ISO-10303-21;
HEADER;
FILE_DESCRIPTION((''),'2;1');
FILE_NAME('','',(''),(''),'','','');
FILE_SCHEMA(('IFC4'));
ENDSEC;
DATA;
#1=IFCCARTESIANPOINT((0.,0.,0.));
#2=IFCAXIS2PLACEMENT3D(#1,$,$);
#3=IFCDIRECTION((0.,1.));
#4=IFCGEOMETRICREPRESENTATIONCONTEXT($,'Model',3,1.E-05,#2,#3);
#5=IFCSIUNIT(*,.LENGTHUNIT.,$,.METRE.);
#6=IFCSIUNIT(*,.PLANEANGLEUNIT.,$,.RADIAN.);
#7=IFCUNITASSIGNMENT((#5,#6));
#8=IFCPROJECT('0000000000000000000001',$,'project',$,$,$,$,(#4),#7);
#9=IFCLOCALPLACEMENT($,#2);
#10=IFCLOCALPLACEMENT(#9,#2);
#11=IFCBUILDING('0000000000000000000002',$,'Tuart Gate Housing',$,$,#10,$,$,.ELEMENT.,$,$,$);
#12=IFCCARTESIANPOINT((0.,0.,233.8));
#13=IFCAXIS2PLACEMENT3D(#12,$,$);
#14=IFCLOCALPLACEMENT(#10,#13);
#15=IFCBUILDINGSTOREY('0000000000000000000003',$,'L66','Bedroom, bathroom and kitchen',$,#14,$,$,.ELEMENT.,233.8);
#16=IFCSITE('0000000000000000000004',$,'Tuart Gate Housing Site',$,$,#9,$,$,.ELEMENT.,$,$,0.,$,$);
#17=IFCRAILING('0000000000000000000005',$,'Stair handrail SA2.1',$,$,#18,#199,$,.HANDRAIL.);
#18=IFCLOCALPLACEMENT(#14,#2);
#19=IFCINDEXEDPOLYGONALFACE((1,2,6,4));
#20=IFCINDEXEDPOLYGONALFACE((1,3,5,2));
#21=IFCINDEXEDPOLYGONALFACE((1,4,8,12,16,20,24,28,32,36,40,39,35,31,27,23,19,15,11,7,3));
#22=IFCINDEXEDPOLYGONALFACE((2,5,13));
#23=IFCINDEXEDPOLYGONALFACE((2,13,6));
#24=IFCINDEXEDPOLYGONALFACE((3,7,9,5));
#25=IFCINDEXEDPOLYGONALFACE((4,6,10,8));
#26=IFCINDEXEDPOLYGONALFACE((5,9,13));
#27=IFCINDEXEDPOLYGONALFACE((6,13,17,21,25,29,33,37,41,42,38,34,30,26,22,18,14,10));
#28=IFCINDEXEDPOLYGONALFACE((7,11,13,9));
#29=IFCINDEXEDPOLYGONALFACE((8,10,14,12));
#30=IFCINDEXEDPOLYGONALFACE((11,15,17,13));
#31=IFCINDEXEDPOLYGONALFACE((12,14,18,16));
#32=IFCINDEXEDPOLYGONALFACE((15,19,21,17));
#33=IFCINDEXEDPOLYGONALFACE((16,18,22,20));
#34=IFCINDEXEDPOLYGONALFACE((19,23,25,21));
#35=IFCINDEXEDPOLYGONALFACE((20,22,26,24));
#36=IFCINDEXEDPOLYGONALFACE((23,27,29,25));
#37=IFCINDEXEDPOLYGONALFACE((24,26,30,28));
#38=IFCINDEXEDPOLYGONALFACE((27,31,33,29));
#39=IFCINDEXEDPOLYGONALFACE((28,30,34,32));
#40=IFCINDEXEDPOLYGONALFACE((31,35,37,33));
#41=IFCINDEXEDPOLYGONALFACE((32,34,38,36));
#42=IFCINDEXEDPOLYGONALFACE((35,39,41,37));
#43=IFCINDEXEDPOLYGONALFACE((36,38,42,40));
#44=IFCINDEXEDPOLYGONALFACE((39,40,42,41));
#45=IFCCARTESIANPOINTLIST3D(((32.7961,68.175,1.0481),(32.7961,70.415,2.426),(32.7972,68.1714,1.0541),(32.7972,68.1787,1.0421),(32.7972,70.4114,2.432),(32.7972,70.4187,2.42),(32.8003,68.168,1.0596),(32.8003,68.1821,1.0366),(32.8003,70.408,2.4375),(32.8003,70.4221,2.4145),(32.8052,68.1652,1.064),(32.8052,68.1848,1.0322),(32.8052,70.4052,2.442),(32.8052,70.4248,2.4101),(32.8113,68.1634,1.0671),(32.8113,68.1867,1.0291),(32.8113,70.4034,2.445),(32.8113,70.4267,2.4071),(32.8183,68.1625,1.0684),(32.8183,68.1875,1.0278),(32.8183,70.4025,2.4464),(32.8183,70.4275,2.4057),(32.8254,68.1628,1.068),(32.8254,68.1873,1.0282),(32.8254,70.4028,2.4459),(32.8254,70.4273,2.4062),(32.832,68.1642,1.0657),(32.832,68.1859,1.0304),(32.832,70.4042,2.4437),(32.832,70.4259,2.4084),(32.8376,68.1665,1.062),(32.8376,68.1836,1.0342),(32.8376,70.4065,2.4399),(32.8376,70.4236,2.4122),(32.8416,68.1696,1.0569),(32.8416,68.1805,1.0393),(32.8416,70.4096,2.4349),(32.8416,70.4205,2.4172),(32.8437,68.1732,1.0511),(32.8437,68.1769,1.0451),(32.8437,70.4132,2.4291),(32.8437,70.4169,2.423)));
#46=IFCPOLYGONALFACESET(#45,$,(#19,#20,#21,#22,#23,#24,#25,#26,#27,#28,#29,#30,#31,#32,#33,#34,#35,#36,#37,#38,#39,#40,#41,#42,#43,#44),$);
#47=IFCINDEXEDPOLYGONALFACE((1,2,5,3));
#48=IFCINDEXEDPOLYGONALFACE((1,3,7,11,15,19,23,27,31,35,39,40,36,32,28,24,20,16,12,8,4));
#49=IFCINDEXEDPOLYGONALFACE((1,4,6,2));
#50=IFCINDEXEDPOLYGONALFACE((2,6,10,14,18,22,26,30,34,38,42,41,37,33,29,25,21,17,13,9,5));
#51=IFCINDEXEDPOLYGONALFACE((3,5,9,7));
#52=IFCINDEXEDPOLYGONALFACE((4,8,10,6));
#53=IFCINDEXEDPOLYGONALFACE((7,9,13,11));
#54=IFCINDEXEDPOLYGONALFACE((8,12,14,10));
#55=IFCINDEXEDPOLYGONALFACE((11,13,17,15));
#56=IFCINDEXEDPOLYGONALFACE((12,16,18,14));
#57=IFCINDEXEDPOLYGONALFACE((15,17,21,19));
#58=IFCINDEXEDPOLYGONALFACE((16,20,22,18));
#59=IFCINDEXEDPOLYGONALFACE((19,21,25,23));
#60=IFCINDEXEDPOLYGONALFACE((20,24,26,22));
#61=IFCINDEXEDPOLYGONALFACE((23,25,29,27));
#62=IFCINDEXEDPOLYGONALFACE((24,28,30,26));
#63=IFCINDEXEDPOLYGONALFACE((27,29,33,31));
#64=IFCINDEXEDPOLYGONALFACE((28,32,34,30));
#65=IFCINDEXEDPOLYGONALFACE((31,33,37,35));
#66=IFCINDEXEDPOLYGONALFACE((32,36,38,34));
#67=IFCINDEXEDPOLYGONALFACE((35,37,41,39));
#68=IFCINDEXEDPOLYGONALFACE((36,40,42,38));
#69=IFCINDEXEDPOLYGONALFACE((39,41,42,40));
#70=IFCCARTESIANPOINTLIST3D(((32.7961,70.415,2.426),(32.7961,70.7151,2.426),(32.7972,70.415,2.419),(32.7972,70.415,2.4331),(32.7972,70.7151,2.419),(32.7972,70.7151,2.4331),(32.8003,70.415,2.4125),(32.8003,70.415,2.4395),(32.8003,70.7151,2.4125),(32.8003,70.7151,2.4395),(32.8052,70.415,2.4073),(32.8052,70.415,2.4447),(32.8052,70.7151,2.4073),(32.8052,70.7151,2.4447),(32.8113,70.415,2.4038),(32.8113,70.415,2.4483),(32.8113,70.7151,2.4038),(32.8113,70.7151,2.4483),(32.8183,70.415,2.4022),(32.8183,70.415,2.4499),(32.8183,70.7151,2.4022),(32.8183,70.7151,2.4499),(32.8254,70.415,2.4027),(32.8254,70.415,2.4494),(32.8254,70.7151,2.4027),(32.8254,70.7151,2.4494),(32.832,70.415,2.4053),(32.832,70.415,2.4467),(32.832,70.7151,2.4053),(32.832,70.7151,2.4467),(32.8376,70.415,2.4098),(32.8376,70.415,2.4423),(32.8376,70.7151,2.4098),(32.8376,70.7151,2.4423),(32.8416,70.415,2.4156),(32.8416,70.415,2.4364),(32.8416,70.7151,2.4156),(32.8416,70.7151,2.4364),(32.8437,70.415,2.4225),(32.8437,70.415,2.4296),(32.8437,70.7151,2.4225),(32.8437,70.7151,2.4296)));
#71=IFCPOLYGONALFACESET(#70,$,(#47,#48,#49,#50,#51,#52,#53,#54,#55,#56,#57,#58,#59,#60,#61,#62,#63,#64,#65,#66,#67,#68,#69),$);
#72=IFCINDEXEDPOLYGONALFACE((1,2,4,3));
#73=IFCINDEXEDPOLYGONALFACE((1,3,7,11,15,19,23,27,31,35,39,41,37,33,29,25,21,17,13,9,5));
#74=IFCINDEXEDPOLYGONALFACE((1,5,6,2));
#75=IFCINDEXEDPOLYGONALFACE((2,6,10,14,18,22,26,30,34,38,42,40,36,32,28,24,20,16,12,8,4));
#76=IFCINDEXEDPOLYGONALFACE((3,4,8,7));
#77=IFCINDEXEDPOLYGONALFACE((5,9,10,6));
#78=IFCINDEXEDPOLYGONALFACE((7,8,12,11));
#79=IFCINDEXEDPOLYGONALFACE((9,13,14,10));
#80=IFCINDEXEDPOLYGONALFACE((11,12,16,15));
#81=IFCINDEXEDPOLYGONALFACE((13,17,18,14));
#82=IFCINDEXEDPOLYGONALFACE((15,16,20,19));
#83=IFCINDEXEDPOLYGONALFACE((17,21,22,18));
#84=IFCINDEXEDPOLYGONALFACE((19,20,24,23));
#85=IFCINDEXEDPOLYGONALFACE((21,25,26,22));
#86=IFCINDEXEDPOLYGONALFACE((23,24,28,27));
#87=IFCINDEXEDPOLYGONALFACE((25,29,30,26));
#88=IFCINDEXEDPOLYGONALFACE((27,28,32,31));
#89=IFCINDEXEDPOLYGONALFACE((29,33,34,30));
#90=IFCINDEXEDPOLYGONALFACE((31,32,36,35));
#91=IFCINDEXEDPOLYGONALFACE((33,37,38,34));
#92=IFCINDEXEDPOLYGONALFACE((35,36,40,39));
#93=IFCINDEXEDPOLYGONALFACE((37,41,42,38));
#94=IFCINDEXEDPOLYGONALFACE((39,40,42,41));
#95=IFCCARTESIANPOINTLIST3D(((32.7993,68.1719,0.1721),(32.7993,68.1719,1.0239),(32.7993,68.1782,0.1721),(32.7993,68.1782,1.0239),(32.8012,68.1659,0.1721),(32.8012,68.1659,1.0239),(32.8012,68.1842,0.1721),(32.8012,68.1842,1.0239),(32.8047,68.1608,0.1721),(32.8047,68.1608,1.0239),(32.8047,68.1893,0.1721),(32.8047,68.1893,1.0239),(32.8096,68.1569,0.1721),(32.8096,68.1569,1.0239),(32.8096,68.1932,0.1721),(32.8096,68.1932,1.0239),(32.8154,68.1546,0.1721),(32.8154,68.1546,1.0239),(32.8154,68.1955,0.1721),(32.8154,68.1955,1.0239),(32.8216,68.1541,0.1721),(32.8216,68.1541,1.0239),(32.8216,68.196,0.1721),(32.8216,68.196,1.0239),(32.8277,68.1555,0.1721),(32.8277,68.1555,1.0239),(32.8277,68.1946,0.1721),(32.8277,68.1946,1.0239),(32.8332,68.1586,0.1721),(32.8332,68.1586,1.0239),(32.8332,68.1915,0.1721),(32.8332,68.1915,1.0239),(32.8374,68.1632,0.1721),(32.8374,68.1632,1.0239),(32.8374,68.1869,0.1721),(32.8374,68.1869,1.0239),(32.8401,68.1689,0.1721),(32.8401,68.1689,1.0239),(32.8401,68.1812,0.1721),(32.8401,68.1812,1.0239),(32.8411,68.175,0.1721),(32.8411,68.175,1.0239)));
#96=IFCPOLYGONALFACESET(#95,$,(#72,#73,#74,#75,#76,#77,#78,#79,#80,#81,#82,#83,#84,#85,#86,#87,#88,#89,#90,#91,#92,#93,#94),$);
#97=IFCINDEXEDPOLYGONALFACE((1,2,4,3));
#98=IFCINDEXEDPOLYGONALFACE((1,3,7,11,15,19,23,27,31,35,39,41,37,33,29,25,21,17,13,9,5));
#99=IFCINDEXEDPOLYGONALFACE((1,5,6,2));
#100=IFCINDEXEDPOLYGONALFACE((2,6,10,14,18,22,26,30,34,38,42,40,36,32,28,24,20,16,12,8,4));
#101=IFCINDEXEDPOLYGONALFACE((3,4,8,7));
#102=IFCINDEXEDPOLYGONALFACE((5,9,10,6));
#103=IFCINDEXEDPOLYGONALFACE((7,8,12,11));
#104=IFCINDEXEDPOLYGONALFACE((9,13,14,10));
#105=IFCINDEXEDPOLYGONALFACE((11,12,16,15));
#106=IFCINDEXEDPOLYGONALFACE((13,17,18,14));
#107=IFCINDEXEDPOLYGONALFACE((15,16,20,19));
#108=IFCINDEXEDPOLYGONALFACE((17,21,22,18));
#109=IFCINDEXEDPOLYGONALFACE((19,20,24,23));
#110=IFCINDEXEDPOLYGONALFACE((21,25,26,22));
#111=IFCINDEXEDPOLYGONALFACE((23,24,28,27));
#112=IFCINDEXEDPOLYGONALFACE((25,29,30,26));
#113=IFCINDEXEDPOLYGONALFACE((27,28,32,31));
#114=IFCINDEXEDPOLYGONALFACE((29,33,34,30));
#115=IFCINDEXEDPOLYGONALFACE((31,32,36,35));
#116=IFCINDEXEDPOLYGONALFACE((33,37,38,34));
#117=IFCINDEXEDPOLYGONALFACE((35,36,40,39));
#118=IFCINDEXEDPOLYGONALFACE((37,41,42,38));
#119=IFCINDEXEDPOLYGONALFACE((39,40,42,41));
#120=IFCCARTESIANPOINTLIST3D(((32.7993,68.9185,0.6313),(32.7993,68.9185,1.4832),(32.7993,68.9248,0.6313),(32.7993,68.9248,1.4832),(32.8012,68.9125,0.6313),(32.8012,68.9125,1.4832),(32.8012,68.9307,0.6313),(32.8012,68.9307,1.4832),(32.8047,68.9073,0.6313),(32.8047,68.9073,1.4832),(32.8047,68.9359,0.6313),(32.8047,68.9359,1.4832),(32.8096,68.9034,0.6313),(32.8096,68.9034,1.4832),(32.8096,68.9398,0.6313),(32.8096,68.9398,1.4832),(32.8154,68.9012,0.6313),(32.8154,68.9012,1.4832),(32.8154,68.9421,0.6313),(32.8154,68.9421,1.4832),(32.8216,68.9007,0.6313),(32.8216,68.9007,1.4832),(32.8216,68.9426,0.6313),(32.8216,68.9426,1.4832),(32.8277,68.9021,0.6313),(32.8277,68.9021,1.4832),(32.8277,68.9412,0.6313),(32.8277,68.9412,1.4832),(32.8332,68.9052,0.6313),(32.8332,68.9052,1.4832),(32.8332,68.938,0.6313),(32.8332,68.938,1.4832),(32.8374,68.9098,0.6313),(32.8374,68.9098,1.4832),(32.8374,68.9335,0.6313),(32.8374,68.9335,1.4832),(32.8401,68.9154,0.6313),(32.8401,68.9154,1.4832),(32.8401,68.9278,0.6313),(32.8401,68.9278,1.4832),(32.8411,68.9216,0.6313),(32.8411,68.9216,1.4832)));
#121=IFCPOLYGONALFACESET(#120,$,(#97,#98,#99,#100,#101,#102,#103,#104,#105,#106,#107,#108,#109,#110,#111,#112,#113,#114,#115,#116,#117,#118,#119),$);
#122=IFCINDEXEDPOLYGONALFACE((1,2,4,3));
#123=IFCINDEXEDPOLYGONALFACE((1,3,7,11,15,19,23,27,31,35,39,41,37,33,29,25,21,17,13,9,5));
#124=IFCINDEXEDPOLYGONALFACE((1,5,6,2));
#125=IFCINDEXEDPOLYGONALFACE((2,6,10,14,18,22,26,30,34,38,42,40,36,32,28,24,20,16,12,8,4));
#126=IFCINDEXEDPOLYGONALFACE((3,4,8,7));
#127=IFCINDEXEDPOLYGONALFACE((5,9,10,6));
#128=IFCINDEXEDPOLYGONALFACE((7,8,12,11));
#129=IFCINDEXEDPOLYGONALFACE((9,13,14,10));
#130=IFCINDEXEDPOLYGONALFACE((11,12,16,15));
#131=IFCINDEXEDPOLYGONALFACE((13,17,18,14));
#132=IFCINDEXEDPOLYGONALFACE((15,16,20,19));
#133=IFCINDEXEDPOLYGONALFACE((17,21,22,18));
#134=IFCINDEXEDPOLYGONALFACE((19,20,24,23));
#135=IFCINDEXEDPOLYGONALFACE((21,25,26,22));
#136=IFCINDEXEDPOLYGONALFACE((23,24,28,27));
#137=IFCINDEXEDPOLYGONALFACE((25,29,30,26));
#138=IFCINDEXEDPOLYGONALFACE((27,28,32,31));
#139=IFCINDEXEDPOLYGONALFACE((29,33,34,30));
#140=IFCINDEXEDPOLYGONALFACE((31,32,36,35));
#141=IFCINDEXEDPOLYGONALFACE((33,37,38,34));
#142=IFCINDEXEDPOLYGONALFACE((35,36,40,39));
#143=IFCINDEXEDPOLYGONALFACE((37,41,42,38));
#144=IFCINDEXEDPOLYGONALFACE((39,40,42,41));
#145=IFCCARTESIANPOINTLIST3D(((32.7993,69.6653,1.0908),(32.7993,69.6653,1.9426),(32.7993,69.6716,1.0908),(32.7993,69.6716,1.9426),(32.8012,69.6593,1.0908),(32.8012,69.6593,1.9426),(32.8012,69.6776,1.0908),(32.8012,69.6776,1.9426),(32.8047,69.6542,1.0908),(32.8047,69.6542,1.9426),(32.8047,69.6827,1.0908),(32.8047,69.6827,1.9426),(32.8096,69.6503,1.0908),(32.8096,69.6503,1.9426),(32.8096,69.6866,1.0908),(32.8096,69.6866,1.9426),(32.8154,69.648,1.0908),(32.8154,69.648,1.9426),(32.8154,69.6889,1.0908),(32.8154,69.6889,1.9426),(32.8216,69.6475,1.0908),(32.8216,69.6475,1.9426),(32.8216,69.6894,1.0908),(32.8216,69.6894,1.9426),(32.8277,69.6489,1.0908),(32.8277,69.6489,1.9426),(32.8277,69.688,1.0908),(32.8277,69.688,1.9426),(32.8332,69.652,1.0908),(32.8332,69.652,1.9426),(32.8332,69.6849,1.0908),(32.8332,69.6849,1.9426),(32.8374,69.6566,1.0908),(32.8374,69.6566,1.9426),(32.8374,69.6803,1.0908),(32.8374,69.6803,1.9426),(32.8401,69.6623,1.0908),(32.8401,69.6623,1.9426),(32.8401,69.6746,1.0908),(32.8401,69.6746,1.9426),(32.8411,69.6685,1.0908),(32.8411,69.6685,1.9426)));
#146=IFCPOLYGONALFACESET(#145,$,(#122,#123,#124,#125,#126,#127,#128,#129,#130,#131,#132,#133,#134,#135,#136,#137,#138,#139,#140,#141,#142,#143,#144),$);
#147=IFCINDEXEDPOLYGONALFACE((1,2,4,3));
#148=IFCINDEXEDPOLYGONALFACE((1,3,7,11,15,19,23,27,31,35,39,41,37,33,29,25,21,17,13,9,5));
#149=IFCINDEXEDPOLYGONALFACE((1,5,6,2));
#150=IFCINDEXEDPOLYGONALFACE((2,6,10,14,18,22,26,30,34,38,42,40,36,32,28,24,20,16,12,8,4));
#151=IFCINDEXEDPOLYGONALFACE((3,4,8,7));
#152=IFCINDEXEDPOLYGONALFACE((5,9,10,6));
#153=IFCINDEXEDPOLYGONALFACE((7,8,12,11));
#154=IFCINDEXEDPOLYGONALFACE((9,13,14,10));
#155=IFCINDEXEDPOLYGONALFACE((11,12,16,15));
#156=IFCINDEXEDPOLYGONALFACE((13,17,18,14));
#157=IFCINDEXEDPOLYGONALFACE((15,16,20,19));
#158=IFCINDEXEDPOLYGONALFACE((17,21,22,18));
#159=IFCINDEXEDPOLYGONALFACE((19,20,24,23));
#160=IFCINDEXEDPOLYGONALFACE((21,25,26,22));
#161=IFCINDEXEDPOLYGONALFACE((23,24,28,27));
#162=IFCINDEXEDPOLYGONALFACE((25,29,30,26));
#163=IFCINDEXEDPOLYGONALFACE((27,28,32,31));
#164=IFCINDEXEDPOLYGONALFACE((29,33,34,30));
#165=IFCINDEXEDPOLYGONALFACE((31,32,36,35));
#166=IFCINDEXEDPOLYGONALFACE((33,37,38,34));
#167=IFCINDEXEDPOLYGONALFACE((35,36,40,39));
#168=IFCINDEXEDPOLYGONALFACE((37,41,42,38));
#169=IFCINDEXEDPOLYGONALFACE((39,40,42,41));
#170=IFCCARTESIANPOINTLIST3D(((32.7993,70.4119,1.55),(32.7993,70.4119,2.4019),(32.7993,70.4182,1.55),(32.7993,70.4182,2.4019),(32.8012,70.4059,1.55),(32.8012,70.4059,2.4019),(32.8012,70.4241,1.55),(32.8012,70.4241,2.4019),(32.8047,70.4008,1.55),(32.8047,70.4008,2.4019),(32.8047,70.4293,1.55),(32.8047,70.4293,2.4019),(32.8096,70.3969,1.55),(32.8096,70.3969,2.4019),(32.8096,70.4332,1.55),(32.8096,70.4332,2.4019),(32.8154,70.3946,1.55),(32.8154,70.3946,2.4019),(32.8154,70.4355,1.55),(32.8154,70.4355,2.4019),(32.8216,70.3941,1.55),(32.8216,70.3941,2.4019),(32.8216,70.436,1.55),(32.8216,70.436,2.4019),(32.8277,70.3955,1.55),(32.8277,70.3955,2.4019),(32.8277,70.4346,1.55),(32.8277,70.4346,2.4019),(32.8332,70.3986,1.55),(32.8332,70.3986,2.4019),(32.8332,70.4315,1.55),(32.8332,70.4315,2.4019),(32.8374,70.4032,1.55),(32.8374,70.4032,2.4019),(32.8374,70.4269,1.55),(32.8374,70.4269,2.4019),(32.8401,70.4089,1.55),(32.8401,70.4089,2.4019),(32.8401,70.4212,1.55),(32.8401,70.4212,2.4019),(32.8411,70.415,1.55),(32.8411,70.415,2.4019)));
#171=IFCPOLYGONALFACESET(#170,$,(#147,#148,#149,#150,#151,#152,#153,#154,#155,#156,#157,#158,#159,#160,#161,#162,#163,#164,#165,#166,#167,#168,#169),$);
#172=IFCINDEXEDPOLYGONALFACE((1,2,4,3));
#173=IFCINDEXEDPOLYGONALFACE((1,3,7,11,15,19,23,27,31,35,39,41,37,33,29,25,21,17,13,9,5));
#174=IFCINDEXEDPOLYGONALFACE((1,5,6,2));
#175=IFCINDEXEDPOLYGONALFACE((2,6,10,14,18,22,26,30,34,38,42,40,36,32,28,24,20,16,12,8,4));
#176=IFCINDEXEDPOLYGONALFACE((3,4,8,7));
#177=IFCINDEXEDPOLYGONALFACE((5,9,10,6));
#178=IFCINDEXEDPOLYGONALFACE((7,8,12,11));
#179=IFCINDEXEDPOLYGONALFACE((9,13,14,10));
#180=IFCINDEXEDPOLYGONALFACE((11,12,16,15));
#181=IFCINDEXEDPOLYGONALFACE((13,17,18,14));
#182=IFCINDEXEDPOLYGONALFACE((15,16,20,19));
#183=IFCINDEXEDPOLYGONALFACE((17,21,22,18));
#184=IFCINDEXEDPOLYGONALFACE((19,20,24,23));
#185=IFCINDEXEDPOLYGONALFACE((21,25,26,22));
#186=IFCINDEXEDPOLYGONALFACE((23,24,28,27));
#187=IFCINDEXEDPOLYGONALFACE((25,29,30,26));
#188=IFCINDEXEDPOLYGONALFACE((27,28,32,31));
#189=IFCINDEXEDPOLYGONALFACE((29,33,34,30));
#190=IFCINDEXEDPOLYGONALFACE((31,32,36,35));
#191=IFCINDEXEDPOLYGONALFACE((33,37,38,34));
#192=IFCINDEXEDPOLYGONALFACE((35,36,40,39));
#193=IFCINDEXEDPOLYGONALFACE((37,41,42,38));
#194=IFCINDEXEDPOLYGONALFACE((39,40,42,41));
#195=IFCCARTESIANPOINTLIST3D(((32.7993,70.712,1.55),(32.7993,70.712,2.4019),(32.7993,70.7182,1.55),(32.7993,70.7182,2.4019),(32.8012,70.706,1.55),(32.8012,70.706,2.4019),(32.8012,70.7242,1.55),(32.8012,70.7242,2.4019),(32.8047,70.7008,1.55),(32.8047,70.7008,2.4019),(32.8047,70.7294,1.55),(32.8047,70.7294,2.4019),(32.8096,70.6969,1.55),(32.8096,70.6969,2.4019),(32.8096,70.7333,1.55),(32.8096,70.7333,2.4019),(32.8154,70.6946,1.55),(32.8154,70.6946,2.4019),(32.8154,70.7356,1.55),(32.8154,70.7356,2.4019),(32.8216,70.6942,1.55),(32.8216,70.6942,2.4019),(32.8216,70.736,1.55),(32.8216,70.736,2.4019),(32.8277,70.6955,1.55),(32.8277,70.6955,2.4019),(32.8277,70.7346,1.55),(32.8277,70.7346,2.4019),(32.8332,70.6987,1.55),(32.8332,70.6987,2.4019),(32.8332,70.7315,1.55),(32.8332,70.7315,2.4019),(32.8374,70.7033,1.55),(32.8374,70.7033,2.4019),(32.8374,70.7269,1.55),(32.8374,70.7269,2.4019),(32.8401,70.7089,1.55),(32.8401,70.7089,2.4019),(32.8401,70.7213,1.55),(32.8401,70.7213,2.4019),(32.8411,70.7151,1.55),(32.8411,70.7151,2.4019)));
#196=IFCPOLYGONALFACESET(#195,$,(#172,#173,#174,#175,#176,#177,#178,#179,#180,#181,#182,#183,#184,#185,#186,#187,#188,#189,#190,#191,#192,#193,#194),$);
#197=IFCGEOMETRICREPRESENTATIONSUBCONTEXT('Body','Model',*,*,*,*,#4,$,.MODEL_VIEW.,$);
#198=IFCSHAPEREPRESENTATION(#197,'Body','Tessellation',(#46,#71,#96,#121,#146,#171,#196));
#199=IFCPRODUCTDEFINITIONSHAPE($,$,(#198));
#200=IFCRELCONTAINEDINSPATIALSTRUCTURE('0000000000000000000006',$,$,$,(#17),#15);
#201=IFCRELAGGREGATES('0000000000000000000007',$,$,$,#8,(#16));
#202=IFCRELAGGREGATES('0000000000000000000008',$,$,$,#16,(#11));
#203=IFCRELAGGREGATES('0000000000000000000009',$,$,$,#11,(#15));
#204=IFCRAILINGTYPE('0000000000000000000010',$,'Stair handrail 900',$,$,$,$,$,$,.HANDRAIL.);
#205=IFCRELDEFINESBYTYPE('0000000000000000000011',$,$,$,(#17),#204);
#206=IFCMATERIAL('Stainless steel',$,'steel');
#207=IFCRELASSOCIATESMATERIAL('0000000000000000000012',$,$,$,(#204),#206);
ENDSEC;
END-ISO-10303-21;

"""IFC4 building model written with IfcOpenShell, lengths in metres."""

from ifc_helpers import new_model, si_unit, direction, frame, origin, origin_2d, place, context, subcontext, project, spatial, circle, extrude, material, type_object, element, save


model = new_model("IFC4")

# Units and contexts
model_context = context("Model", 3, precision=1e-05, world=origin(), true_north=direction((0.0, 1.0)))
body_context = subcontext(model_context, "Body", "Model", "MODEL_VIEW")
ifc_project = project(units=[si_unit("LENGTHUNIT", "METRE"), si_unit("PLANEANGLEUNIT", "RADIAN")], contexts=[model_context])

# Site, building, storey
site_placement = place(None, origin())
site = spatial("IfcSite", under=ifc_project, at=site_placement, Name="Tuart Gate Housing Site", CompositionType="ELEMENT", RefElevation=0.0)
building_placement = place(site_placement, origin())
building = spatial("IfcBuilding", under=site, at=building_placement, Name="Tuart Gate Housing", CompositionType="ELEMENT")
storey_placement = place(building_placement, frame((0.0, 0.0, 233.8)))
storey = spatial("IfcBuildingStorey", under=building, at=storey_placement, Name="L66", Description="Bedroom, bathroom and kitchen", CompositionType="ELEMENT", Elevation=233.8)

# Railing
ifc_material_1 = material(Name="Stainless steel", Category="steel")
railing_type = type_object("IfcRailingType", Name="Stair handrail 900", PredefinedType="HANDRAIL", material=ifc_material_1)
railing_placement = place(storey_placement, frame((32.8201, 68.175, 0.1721)))
element("IfcRailing", 1, at=railing_placement, inside=storey, type_object=railing_type, Name="Stair handrail SA2.1", PredefinedType="HANDRAIL", context=body_context, shape_type="SweptSolid", body=[
    extrude(circle(Radius=0.0239, at=origin_2d()), frame((0.0, 0.0, 0.876), z_axis=(0.0, 0.851748, 0.523952), x_axis=(-1.0, 0.0, 0.0)), (0.0, 0.0, 1.0), 2.6299),
    extrude(circle(Radius=0.0239, at=origin_2d()), frame((0.0, 2.24, 2.2539), z_axis=(0.0, 1.0, 0.0), x_axis=(-1.0, 0.0, 0.0)), (0.0, 0.0, 1.0), 0.3),
    extrude(circle(Radius=0.021, at=origin_2d()), origin(), (0.0, 0.0, 1.0), 0.8518),
    extrude(circle(Radius=0.021, at=origin_2d()), frame((0.0, 0.7466, 0.4592)), (0.0, 0.0, 1.0), 0.8518),
    extrude(circle(Radius=0.021, at=origin_2d()), frame((0.0, 1.4934, 0.9187)), (0.0, 0.0, 1.0), 0.8518),
    extrude(circle(Radius=0.021, at=origin_2d()), frame((0.0, 2.24, 1.3779)), (0.0, 0.0, 1.0), 0.8518),
    extrude(circle(Radius=0.021, at=origin_2d()), frame((0.0, 2.54, 1.3779)), (0.0, 0.0, 1.0), 0.8518),
])

save(model, "model.ifc")
